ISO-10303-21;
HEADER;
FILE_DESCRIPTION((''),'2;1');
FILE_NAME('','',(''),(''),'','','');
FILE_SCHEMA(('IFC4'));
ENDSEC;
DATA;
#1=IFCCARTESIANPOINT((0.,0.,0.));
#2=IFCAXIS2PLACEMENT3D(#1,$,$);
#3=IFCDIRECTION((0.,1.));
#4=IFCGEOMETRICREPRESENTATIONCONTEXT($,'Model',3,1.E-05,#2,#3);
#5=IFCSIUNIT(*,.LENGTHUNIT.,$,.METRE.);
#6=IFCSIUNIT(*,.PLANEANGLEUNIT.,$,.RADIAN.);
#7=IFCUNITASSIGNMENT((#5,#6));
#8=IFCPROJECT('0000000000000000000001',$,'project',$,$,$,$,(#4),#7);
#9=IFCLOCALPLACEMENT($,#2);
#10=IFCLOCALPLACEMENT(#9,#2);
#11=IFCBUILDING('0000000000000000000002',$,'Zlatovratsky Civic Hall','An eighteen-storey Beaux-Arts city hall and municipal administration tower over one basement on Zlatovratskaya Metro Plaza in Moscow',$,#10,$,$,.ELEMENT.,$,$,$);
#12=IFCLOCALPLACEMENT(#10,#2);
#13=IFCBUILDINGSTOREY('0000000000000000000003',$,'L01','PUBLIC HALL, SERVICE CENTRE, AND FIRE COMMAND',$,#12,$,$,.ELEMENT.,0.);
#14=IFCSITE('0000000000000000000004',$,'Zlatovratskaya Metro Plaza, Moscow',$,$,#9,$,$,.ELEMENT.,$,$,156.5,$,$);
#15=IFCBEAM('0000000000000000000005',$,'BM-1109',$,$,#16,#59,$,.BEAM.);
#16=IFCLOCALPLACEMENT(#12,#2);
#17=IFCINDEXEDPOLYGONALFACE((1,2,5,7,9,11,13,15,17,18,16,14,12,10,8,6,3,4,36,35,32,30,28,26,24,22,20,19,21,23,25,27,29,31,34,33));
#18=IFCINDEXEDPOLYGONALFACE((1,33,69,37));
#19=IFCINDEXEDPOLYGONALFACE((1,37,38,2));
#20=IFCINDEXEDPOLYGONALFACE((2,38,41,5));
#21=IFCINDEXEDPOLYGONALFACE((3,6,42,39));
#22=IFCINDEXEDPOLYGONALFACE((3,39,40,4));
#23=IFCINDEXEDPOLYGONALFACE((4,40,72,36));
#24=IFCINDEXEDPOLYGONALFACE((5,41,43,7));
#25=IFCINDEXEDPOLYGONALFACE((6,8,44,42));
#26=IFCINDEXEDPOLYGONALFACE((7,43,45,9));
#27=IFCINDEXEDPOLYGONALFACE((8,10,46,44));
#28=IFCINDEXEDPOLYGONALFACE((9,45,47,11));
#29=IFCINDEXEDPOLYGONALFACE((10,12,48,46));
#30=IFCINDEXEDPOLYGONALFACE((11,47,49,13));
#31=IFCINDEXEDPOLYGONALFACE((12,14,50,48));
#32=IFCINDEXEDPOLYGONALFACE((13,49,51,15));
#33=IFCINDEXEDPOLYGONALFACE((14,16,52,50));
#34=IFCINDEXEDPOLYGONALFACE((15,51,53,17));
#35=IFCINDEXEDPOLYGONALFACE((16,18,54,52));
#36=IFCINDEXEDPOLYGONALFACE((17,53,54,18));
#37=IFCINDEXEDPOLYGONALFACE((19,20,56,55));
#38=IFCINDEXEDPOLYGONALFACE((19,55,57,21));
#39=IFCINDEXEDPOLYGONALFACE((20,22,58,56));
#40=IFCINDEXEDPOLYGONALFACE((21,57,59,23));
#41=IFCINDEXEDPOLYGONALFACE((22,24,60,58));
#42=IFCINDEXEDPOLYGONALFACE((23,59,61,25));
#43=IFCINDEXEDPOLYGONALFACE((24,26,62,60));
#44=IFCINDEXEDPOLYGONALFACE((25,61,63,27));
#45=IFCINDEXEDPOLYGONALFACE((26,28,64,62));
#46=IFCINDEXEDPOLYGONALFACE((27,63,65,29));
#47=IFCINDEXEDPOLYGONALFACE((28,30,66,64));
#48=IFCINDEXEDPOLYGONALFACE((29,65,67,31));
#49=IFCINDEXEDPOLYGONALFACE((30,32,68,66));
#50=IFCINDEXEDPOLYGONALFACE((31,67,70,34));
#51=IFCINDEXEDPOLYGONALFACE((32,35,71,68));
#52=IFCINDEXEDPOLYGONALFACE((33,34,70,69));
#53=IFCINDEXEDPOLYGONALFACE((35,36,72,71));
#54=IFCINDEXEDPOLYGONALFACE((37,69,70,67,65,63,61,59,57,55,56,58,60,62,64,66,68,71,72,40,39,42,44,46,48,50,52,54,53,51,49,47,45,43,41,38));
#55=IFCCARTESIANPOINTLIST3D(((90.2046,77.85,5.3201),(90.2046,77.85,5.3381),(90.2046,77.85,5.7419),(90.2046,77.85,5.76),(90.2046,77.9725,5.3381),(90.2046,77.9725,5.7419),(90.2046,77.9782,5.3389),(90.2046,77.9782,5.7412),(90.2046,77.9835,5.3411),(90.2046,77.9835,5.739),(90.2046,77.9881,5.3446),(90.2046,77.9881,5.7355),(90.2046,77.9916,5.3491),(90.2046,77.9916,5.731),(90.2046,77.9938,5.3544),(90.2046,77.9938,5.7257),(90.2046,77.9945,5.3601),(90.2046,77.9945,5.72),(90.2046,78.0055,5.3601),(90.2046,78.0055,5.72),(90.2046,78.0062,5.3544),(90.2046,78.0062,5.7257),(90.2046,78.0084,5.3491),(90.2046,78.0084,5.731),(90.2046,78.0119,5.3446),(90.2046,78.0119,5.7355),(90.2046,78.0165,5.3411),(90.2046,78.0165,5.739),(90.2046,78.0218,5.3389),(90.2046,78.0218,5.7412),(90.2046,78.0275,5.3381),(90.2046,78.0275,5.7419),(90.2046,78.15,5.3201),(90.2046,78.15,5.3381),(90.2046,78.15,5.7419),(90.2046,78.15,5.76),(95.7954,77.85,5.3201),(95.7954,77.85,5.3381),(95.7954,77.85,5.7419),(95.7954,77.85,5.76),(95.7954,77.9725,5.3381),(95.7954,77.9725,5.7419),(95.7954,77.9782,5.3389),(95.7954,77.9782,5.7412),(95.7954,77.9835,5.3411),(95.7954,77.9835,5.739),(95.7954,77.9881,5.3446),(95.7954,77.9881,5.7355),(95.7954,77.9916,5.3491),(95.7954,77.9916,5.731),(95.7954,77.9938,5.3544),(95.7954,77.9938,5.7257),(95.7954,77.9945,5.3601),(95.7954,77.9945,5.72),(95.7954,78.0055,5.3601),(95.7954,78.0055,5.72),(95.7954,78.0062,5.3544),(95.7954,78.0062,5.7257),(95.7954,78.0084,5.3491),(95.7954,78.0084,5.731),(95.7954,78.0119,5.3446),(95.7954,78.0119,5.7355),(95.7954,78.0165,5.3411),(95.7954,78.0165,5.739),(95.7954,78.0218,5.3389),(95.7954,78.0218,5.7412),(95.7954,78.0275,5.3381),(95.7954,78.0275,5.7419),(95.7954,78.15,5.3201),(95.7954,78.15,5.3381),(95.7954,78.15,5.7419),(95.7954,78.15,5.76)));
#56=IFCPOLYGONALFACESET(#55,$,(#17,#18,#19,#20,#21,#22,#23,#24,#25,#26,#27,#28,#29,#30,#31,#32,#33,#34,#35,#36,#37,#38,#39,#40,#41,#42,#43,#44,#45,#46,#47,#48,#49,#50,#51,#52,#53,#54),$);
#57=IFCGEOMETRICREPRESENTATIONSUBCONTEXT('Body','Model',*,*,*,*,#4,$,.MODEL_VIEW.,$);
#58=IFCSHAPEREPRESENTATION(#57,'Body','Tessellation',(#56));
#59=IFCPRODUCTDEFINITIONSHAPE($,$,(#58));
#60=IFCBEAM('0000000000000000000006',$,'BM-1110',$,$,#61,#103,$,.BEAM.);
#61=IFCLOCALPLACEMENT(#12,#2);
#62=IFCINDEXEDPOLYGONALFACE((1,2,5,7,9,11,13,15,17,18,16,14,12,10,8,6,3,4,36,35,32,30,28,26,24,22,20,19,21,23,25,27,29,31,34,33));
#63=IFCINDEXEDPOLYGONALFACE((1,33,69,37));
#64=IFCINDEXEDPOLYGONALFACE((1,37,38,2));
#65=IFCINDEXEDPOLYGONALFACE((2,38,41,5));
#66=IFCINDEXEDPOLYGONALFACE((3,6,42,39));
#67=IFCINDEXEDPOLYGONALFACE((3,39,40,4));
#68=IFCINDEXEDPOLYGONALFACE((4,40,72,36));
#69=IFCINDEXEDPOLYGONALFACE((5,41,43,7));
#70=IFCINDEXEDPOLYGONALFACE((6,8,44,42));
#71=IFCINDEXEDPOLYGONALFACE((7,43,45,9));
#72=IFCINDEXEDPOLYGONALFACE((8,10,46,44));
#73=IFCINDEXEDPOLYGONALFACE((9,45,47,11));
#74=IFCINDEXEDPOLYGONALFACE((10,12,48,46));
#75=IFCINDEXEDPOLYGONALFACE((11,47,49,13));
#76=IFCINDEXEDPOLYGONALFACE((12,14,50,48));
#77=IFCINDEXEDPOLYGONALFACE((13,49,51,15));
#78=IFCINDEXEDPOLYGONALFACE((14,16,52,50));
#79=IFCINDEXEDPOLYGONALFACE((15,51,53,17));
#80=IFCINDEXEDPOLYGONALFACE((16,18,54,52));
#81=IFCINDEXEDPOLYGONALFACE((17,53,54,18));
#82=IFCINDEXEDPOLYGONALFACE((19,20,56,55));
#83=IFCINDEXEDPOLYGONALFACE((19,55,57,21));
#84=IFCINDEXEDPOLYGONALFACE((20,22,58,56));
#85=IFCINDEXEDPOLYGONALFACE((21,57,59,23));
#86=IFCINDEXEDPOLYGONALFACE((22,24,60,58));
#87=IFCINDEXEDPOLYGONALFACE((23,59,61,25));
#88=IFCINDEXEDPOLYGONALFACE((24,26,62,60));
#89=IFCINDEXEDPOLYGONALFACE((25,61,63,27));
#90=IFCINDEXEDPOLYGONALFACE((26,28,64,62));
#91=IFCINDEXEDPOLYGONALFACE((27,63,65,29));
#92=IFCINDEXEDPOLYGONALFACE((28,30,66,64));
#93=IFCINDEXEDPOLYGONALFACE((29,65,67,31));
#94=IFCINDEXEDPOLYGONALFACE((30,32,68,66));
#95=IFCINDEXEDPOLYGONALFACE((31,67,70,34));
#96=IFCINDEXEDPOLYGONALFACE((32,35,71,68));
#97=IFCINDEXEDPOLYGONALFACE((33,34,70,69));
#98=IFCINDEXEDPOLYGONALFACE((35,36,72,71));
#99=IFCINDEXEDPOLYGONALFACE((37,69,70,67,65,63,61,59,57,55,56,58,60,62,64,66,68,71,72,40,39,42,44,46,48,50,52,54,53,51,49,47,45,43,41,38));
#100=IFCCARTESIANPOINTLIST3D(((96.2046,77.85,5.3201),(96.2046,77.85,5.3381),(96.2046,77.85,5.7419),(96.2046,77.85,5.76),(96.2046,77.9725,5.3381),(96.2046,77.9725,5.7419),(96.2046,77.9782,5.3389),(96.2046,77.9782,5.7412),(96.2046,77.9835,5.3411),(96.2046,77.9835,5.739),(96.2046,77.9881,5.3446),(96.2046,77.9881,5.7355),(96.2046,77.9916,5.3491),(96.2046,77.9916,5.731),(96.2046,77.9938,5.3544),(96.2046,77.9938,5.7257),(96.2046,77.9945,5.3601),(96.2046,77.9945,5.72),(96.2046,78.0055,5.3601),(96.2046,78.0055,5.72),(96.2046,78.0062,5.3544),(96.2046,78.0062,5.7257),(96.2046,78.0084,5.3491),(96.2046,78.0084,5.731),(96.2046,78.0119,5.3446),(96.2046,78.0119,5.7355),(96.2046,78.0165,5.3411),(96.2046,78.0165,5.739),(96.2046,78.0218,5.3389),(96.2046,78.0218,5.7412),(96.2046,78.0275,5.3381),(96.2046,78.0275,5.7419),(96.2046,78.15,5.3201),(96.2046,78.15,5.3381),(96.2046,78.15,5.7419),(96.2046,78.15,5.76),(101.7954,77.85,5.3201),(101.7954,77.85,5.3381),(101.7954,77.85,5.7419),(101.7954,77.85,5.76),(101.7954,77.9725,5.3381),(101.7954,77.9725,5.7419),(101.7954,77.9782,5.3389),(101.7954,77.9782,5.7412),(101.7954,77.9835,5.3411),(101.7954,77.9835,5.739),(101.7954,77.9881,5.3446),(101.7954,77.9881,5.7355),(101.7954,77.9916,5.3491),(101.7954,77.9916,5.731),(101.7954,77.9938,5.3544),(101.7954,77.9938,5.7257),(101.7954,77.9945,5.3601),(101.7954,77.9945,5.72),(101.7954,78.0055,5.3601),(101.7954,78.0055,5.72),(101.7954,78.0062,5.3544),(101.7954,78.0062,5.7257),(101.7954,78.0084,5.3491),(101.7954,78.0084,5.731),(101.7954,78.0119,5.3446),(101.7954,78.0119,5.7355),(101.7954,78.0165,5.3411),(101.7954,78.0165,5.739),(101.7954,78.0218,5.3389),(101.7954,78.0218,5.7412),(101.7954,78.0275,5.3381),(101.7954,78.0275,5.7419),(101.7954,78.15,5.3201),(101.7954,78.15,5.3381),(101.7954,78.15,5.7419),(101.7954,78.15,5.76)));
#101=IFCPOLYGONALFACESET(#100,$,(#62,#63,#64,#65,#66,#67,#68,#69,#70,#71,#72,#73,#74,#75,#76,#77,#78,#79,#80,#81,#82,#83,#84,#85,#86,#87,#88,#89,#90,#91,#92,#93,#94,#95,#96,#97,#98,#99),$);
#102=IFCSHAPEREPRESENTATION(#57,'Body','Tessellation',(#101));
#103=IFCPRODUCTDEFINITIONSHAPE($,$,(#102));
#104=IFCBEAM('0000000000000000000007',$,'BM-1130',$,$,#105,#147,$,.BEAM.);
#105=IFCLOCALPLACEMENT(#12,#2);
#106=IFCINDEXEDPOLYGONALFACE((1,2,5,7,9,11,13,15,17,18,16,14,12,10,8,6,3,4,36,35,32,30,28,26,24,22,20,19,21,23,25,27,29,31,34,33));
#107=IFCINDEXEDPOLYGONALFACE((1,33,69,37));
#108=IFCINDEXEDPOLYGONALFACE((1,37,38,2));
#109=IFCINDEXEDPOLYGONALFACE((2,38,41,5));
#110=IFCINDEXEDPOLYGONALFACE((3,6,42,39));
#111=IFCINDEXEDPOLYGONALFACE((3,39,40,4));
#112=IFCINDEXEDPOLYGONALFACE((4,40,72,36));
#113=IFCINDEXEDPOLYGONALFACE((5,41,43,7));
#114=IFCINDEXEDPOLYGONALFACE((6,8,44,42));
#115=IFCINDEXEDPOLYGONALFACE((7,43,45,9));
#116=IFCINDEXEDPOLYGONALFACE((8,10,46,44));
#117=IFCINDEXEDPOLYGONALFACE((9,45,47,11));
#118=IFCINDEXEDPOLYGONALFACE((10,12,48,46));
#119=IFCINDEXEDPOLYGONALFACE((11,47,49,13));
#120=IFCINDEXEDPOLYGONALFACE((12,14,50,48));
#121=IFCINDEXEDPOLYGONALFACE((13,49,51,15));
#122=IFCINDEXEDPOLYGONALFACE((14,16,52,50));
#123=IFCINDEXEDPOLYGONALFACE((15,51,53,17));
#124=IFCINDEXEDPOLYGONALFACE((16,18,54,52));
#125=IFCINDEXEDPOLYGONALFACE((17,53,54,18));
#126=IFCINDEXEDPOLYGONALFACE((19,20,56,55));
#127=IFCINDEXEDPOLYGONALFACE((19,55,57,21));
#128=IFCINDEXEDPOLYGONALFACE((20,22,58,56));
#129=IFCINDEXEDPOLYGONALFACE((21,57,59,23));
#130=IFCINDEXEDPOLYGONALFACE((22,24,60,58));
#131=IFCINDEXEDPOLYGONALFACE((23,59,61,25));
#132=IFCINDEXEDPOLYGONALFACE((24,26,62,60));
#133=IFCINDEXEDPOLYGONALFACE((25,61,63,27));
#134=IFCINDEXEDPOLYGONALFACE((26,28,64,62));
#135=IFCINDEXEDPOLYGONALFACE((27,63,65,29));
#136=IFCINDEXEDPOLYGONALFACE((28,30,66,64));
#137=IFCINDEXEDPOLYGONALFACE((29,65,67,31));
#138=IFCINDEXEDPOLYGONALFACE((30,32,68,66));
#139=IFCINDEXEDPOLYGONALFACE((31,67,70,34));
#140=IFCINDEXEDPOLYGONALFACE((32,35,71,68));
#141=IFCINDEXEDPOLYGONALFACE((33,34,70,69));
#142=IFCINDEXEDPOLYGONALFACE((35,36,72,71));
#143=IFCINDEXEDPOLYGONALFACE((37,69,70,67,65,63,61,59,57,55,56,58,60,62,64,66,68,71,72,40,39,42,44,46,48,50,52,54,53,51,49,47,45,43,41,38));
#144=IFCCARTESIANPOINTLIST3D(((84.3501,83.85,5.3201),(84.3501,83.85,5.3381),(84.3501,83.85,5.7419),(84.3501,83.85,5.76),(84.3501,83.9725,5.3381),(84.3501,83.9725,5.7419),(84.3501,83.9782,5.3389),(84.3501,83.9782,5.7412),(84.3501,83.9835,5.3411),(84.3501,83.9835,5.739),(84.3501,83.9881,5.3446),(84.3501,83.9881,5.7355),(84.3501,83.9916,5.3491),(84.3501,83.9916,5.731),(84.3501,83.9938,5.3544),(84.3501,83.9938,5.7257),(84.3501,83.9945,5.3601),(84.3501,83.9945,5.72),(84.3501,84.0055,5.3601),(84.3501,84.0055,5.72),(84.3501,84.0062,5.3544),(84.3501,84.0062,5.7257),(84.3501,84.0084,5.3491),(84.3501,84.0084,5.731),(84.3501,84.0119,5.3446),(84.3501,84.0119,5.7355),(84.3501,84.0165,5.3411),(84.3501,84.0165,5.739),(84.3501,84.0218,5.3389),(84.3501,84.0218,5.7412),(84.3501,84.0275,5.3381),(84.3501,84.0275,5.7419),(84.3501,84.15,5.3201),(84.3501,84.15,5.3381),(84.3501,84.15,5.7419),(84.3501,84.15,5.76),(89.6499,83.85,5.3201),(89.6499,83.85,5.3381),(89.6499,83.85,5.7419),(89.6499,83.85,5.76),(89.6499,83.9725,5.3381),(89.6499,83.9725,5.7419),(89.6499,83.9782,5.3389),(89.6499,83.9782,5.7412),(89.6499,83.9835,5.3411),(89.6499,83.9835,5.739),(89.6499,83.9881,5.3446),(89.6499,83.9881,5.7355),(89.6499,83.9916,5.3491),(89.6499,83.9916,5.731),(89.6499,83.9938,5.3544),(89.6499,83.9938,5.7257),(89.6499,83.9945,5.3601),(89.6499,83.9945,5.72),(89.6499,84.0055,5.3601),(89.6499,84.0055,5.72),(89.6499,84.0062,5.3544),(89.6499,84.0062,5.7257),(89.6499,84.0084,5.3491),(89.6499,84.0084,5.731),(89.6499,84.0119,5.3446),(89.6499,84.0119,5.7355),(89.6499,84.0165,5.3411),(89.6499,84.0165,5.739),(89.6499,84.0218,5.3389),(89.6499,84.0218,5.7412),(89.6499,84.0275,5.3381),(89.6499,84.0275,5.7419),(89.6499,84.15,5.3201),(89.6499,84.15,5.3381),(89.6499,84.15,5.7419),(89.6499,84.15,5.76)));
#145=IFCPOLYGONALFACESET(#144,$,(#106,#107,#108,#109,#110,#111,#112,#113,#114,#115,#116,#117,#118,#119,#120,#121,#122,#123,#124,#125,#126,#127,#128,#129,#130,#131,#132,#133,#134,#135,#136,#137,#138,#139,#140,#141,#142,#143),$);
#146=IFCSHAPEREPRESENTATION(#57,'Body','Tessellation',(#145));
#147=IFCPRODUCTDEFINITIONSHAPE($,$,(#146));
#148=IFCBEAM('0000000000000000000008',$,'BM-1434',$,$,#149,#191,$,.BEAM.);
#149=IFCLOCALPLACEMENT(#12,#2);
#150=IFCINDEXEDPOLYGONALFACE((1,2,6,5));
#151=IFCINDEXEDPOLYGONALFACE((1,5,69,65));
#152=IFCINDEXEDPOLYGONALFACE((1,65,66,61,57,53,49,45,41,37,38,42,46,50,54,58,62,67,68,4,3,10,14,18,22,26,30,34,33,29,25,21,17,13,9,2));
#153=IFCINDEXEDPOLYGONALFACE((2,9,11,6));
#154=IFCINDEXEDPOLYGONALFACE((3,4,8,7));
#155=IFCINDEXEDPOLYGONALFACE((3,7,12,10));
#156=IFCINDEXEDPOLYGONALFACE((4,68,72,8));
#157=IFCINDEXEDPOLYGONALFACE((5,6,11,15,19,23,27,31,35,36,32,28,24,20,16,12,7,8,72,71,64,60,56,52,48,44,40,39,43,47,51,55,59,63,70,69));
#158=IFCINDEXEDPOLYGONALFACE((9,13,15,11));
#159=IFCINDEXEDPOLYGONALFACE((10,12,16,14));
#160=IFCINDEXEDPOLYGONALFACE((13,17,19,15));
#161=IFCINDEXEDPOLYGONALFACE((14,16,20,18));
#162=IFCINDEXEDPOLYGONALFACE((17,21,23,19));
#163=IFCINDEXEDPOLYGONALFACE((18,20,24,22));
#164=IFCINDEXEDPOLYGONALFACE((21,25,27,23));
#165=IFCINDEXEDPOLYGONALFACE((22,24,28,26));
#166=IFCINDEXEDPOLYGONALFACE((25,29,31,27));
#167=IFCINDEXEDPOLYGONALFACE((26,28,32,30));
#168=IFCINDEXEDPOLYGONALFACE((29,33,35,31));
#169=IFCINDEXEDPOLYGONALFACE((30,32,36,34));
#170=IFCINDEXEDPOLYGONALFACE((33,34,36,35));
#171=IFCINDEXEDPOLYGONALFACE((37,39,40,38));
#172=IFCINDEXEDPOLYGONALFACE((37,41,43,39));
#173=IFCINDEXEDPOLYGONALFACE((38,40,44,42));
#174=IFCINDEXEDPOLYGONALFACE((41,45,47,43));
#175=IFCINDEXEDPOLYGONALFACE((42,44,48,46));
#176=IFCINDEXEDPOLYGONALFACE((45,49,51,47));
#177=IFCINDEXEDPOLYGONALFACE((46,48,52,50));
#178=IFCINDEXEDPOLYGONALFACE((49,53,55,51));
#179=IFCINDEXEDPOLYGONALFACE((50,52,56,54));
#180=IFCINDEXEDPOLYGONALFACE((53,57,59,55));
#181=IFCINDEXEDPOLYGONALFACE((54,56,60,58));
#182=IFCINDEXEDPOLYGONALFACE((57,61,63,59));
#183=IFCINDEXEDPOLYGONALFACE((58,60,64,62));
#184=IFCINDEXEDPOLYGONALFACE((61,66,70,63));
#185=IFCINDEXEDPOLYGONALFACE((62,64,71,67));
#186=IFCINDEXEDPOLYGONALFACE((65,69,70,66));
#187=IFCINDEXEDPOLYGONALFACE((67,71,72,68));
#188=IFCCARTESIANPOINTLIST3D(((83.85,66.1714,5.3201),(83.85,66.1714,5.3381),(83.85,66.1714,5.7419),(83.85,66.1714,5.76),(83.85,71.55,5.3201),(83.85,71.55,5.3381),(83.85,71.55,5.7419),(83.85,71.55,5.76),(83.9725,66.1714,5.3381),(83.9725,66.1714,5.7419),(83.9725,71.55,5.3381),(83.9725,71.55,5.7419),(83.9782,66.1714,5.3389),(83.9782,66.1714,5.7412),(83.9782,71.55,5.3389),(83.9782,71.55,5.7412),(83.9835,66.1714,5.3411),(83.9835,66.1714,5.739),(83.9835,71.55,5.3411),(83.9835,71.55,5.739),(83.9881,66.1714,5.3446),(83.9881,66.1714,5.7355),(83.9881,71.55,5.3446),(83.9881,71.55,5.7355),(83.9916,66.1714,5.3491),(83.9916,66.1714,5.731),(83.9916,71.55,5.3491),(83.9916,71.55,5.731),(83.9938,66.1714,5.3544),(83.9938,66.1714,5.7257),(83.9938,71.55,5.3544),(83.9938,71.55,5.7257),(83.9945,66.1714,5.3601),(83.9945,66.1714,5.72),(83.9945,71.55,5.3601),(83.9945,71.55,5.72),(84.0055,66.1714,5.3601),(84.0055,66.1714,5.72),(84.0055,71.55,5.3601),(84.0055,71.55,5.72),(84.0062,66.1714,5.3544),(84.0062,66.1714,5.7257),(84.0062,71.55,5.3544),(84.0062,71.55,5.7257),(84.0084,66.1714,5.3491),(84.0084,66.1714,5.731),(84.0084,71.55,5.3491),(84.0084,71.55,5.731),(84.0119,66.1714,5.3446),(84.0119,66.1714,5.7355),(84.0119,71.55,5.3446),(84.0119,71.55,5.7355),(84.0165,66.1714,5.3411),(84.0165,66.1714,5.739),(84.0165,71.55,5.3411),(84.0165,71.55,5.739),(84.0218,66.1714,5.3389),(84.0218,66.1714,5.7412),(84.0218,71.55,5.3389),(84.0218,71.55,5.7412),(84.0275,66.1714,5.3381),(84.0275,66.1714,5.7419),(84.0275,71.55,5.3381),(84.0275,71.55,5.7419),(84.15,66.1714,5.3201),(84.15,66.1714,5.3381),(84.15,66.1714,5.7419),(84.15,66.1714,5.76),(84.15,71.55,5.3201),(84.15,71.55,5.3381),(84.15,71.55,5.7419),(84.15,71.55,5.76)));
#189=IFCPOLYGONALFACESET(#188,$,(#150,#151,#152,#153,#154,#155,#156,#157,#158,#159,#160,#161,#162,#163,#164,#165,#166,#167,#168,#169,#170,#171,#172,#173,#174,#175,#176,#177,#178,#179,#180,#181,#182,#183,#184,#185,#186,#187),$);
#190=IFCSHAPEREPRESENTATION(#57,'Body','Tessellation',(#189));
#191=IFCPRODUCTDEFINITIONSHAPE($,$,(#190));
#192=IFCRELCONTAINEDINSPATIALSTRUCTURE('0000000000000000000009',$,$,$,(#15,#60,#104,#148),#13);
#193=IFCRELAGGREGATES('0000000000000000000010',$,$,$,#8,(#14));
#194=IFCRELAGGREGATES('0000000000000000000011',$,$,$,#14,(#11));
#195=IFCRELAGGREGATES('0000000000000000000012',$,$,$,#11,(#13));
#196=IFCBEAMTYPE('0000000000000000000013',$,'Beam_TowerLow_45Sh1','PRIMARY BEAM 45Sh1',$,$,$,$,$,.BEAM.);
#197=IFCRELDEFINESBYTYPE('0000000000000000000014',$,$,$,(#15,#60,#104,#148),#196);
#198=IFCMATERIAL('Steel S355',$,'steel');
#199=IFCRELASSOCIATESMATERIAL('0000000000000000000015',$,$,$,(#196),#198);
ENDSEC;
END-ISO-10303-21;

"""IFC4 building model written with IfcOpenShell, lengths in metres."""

from ifc_helpers import new_model, si_unit, direction, frame, origin, origin_2d, place, context, subcontext, project, spatial, i_section, extrude, material, material_profile, profile_set, type_object, element, save


model = new_model("IFC4")

# Units and contexts
model_context = context("Model", 3, precision=1e-05, world=origin(), true_north=direction((0.0, 1.0)))
body_context = subcontext(model_context, "Body", "Model", "MODEL_VIEW")
ifc_project = project(units=[si_unit("LENGTHUNIT", "METRE"), si_unit("PLANEANGLEUNIT", "RADIAN")], contexts=[model_context])

# Site, building, storey
site_placement = place(None, origin())
site = spatial("IfcSite", under=ifc_project, at=site_placement, Name="Zlatovratskaya Metro Plaza, Moscow", CompositionType="ELEMENT", RefElevation=156.5)
building_placement = place(site_placement, origin())
building = spatial("IfcBuilding", under=site, at=building_placement, Name="Zlatovratsky Civic Hall", Description="An eighteen-storey Beaux-Arts city hall and municipal administration tower over one basement on Zlatovratskaya Metro Plaza in Moscow", CompositionType="ELEMENT")
storey_placement = place(building_placement, origin())
storey = spatial("IfcBuildingStorey", under=building, at=storey_placement, Name="L01", Description="PUBLIC HALL, SERVICE CENTRE, AND FIRE COMMAND", CompositionType="ELEMENT", Elevation=0.0)

# Shared definitions
ifc_material_1 = material(Name="Steel S355", Category="steel")

# Beams
ifc_material_profile_1 = material_profile(ifc_material_1, i_section(OverallWidth=0.3, OverallDepth=0.4399, WebThickness=0.011, FlangeThickness=0.0181, FilletRadius=0.022, at=origin_2d()), Name="45Sh1")
ifc_profile_set_1 = profile_set([ifc_material_profile_1], Name="Steel S355")
beam_type = type_object("IfcBeamType", Name="Beam_TowerLow_45Sh1", Description="PRIMARY BEAM 45Sh1", PredefinedType="BEAM", material=ifc_profile_set_1)
for number, where, z_axis, x_axis, name in (
    (1, (90.2046, 78.0, 5.54), (1.0, 0.0, 0.0), (0.0, 1.0, 0.0), "BM-1109"),
    (2, (96.2046, 78.0, 5.54), (1.0, 0.0, 0.0), (0.0, 1.0, 0.0), "BM-1110"),
):
    element("IfcBeam", number, at=place(storey_placement, frame(where, z_axis=z_axis, x_axis=x_axis)), inside=storey, type_object=beam_type, Name=name, PredefinedType="BEAM", context=body_context, shape_type="SweptSolid", body=[
        extrude(i_section(OverallWidth=0.3, OverallDepth=0.4399, WebThickness=0.011, FlangeThickness=0.0181, FilletRadius=0.022, at=origin_2d()), origin(), (0.0, 0.0, 1.0), 5.5908),
    ])
beam_1_placement = place(storey_placement, frame((84.3501, 84.0, 5.54), z_axis=(1.0, 0.0, 0.0), x_axis=(0.0, 1.0, 0.0)))
element("IfcBeam", 3, at=beam_1_placement, inside=storey, type_object=beam_type, Name="BM-1130", PredefinedType="BEAM", context=body_context, shape_type="SweptSolid", body=[
    extrude(i_section(OverallWidth=0.3, OverallDepth=0.4399, WebThickness=0.011, FlangeThickness=0.0181, FilletRadius=0.022, at=origin_2d()), origin(), (0.0, 0.0, 1.0), 5.2998),
])
beam_2_placement = place(storey_placement, frame((84.0, 66.1714, 5.54), z_axis=(0.0, 1.0, 0.0), x_axis=(-1.0, 0.0, 0.0)))
element("IfcBeam", 4, at=beam_2_placement, inside=storey, type_object=beam_type, Name="BM-1434", PredefinedType="BEAM", context=body_context, shape_type="SweptSolid", body=[
    extrude(i_section(OverallWidth=0.3, OverallDepth=0.4399, WebThickness=0.011, FlangeThickness=0.0181, FilletRadius=0.022, at=origin_2d()), origin(), (0.0, 0.0, 1.0), 5.3787),
])

save(model, "model.ifc")
